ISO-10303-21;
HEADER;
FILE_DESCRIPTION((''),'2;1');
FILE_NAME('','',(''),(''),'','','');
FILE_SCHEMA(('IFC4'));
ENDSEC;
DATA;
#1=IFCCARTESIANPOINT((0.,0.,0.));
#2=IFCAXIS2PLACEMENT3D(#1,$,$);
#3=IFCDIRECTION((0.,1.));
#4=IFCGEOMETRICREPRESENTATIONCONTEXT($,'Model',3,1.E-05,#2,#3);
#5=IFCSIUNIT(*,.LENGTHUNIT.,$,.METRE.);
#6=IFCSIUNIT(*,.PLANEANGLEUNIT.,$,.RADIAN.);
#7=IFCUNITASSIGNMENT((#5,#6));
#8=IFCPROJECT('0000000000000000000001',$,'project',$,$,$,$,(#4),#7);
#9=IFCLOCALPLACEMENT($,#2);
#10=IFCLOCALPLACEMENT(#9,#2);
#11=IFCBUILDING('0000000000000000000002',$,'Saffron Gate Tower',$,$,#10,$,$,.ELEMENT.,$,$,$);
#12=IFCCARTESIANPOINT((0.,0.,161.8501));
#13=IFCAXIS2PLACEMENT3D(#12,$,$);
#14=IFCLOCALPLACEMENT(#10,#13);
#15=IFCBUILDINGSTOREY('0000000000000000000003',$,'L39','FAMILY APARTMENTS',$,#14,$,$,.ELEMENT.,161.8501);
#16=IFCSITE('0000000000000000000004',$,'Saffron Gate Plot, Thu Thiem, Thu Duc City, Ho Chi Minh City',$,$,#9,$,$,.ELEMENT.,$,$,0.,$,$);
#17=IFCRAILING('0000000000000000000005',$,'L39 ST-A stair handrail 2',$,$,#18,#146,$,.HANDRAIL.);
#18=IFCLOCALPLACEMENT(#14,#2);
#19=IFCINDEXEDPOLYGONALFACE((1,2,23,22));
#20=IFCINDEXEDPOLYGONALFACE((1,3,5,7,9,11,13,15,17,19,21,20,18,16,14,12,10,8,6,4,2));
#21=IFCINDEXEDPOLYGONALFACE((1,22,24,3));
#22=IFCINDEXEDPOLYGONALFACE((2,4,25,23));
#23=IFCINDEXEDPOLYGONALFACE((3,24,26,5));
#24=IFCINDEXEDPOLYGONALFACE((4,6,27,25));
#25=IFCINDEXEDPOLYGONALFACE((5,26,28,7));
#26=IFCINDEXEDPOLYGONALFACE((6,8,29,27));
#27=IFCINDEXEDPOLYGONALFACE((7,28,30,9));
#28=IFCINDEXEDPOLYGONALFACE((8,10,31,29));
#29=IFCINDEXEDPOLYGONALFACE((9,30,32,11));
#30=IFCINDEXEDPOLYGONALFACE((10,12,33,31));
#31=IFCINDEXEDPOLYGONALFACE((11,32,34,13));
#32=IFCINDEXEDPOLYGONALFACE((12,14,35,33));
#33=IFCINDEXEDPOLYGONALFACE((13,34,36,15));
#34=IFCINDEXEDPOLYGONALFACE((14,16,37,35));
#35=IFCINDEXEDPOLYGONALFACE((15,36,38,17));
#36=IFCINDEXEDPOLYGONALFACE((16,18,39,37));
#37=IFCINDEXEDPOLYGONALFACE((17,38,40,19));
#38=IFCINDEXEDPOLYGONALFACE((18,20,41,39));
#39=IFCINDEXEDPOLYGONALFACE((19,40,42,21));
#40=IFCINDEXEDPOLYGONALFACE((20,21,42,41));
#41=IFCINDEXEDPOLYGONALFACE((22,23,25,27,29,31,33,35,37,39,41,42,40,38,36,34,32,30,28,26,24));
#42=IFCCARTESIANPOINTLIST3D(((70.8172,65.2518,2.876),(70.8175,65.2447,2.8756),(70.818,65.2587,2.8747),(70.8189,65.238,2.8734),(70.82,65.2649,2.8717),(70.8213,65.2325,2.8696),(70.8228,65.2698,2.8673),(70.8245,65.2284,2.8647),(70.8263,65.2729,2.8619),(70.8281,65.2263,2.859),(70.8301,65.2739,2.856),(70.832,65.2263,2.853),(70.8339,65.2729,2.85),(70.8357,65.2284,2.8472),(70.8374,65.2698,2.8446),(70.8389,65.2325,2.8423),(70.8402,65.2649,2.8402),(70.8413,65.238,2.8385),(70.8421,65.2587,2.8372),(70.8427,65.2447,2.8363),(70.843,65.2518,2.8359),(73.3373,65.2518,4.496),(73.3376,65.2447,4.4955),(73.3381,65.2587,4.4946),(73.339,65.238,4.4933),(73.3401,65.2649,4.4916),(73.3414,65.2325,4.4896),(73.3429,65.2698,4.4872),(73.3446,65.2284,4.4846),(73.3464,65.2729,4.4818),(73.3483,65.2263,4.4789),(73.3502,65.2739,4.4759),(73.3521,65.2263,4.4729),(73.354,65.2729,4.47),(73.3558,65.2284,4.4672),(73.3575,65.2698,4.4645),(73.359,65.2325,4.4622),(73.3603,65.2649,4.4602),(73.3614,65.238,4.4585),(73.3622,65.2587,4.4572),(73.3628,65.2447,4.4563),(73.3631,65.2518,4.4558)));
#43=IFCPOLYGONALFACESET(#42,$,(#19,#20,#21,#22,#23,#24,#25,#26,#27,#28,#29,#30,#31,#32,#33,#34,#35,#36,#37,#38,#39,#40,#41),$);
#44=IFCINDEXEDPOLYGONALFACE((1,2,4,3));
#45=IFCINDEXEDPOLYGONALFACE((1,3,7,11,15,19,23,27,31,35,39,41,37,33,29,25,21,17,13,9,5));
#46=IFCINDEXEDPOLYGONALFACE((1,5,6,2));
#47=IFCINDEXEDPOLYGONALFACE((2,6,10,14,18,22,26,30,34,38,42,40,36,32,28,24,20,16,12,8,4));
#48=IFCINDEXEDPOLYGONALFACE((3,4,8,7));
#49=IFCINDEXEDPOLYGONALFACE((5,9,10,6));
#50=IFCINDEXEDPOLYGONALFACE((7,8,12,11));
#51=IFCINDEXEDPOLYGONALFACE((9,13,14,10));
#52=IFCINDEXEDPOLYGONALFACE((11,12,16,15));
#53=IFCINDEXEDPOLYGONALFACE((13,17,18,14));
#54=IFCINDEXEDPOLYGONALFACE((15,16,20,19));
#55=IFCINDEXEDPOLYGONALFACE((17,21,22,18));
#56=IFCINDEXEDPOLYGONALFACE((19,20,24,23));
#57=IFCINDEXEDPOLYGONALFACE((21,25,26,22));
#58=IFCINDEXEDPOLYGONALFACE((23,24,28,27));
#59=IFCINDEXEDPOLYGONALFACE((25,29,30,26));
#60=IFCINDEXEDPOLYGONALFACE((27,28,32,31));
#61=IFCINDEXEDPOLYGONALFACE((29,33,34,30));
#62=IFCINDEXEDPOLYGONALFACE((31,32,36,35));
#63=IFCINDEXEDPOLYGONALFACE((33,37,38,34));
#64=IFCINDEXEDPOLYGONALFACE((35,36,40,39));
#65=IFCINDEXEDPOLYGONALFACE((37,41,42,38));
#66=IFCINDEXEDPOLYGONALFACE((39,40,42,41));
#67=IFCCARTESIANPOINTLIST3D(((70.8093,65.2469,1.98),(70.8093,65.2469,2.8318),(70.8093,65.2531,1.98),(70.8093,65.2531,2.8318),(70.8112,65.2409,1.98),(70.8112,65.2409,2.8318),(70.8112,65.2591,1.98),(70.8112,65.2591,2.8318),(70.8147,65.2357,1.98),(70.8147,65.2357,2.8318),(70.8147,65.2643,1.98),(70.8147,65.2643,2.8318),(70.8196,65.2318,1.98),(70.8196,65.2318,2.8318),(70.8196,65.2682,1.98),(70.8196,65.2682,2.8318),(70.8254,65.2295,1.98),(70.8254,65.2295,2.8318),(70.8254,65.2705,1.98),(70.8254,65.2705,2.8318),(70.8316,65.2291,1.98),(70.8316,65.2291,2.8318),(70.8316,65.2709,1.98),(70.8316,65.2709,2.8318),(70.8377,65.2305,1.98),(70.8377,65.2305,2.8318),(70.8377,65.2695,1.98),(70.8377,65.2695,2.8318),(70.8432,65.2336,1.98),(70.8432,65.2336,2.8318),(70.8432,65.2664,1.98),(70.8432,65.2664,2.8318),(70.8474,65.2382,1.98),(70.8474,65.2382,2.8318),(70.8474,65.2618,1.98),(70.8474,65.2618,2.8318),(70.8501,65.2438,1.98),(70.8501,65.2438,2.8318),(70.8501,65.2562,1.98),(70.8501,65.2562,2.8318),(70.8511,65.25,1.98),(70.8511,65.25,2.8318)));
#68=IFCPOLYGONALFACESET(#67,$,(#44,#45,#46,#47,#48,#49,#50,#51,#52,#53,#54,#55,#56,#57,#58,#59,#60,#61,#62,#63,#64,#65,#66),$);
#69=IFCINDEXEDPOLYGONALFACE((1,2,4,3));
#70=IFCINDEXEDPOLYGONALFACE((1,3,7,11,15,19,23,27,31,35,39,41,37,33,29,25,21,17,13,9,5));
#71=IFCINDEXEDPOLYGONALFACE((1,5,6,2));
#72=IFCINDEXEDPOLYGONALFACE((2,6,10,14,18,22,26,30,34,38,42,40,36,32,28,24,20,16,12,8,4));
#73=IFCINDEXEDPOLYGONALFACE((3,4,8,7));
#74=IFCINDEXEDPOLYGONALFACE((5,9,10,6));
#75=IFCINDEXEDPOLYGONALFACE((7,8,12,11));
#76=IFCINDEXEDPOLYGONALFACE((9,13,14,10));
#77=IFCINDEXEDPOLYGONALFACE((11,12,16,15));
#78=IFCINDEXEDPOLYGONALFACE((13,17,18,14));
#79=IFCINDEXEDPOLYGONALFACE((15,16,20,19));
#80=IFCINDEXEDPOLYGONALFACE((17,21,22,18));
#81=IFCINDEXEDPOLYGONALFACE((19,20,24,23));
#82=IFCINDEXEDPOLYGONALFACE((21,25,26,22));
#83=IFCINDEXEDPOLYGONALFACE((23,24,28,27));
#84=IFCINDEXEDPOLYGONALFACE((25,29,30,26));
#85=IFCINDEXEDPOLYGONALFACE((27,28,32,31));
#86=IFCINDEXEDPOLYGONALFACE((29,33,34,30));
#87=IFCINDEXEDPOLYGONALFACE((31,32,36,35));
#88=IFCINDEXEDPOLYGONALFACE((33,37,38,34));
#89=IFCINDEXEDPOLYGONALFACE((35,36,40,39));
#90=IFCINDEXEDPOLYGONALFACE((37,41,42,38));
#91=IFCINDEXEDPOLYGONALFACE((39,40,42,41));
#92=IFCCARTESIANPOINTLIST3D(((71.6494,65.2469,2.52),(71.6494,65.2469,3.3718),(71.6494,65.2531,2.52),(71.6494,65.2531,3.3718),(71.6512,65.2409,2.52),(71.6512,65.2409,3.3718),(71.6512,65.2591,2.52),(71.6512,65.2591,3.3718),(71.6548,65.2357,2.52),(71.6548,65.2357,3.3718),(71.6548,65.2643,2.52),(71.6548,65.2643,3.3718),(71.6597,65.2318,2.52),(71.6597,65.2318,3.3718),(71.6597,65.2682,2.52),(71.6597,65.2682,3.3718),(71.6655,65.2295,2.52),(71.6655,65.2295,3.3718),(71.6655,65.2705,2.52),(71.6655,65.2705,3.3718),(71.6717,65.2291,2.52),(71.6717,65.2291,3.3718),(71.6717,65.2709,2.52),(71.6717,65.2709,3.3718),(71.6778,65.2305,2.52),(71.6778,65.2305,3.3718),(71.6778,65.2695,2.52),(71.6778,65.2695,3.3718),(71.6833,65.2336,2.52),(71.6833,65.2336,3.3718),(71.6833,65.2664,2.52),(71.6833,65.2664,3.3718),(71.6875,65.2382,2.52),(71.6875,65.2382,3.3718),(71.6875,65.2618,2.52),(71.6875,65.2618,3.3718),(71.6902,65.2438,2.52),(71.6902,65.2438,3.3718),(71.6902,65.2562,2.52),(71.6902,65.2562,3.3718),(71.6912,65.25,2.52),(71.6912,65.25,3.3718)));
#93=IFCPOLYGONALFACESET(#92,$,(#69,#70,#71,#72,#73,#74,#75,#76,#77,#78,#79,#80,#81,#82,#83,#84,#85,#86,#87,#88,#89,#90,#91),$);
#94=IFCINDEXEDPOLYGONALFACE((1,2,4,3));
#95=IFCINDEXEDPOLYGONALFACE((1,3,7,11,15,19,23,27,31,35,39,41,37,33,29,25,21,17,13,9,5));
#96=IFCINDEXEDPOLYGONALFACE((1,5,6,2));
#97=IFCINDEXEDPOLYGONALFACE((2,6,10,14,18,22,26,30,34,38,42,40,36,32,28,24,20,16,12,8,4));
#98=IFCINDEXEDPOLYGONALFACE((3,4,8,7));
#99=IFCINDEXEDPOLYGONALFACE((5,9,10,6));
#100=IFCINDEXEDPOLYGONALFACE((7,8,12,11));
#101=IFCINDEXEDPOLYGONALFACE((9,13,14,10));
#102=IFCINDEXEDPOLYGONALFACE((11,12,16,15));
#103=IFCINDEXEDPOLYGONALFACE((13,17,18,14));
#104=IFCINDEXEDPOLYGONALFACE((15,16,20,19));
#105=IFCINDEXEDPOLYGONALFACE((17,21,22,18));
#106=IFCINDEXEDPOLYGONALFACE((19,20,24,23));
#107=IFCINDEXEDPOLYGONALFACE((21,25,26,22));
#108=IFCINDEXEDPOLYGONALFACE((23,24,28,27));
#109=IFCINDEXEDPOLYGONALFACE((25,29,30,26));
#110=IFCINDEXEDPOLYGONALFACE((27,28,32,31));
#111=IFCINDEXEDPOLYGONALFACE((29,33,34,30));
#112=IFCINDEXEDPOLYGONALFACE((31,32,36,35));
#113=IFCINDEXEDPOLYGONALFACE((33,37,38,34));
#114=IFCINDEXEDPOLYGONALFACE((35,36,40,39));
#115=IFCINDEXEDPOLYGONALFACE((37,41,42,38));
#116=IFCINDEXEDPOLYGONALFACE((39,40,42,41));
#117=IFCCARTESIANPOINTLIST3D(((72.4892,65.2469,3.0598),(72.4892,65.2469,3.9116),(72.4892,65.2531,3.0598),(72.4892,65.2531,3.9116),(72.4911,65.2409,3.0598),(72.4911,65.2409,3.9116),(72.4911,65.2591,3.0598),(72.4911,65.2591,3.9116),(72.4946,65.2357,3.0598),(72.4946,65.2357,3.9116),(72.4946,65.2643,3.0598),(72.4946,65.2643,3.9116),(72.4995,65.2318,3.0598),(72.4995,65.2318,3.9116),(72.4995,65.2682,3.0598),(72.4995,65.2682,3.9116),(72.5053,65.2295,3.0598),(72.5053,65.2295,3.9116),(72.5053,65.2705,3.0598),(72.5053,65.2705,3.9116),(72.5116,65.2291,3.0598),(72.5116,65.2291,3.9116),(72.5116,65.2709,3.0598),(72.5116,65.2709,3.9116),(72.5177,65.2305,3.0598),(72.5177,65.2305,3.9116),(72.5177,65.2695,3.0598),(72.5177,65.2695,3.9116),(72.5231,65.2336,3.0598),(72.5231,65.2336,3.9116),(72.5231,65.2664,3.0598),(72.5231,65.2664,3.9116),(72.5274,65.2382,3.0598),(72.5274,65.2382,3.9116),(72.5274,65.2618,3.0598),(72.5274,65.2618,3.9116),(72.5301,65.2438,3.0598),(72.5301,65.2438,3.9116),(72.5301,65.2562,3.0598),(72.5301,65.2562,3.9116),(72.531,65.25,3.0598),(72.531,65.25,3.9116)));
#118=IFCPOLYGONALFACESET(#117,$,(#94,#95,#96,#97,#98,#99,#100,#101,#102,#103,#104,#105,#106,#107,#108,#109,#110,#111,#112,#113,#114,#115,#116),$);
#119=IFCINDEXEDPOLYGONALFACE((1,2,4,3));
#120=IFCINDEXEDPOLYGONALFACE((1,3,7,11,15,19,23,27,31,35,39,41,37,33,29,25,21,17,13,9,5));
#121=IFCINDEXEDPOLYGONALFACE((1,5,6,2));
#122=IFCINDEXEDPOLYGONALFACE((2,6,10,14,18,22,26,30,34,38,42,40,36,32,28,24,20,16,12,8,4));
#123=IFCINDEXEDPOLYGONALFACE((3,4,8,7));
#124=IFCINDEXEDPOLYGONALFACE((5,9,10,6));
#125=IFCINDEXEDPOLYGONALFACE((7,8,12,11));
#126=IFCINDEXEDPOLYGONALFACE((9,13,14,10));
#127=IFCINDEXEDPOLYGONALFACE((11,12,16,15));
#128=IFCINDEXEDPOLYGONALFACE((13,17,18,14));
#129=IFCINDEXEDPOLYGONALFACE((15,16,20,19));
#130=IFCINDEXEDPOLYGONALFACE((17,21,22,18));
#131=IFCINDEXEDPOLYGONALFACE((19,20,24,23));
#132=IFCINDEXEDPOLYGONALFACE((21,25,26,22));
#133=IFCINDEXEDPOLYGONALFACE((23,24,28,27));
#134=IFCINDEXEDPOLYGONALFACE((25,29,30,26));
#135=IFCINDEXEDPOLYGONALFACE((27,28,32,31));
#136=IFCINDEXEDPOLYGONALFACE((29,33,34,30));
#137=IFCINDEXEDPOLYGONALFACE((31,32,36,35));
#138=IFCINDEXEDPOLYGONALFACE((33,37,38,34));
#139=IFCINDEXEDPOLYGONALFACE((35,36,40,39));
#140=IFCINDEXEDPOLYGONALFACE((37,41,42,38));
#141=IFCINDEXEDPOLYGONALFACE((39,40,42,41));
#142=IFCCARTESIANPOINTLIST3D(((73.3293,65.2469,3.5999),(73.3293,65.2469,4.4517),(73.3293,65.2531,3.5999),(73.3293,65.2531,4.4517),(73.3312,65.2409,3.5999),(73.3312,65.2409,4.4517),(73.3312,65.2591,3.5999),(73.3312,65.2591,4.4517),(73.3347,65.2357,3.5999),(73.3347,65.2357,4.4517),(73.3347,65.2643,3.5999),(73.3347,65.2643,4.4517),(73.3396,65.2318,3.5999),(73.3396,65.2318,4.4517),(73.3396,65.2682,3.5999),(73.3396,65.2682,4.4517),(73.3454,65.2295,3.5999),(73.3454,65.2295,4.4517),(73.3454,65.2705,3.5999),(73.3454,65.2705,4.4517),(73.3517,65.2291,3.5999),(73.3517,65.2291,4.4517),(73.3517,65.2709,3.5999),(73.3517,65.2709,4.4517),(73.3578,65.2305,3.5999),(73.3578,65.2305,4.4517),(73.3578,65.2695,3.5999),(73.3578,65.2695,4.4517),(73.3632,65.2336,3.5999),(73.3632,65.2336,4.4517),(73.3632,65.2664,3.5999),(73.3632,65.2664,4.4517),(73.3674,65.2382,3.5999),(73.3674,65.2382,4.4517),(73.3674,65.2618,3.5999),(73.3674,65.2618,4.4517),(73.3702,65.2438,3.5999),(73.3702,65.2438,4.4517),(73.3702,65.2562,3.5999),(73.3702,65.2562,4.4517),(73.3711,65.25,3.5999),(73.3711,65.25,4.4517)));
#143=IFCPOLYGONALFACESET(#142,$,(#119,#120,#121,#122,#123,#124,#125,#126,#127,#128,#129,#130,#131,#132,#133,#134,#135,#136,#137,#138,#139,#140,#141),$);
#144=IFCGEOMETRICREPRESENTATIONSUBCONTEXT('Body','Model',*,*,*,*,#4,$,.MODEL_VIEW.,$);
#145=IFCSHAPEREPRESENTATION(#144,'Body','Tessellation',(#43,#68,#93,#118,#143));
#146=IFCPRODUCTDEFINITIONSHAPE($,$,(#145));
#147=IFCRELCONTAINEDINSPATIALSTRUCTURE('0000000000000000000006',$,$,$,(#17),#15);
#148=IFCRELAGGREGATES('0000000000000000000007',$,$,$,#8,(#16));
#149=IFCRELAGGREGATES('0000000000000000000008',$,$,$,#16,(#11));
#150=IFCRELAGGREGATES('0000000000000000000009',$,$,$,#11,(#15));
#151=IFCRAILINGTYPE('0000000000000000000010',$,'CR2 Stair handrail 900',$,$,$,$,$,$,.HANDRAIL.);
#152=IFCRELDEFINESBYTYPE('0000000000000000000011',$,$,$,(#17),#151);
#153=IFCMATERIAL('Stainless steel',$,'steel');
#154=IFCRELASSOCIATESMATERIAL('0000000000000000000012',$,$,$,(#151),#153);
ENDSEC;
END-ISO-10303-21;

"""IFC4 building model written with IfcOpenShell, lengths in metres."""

from ifc_helpers import new_model, si_unit, direction, frame, origin, origin_2d, place, context, subcontext, project, spatial, circle, extrude, material, type_object, element, save


model = new_model("IFC4")

# Units and contexts
model_context = context("Model", 3, precision=1e-05, world=origin(), true_north=direction((0.0, 1.0)))
body_context = subcontext(model_context, "Body", "Model", "MODEL_VIEW")
ifc_project = project(units=[si_unit("LENGTHUNIT", "METRE"), si_unit("PLANEANGLEUNIT", "RADIAN")], contexts=[model_context])

# Site, building, storey
site_placement = place(None, origin())
site = spatial("IfcSite", under=ifc_project, at=site_placement, Name="Saffron Gate Plot, Thu Thiem, Thu Duc City, Ho Chi Minh City", CompositionType="ELEMENT", RefElevation=0.0)
building_placement = place(site_placement, origin())
building = spatial("IfcBuilding", under=site, at=building_placement, Name="Saffron Gate Tower", CompositionType="ELEMENT")
storey_placement = place(building_placement, frame((0.0, 0.0, 161.8501)))
storey = spatial("IfcBuildingStorey", under=building, at=storey_placement, Name="L39", Description="FAMILY APARTMENTS", CompositionType="ELEMENT", Elevation=161.8501)

# Railing
ifc_material_1 = material(Name="Stainless steel", Category="steel")
railing_type_1 = type_object("IfcRailingType", Name="CR2 Stair handrail 900", PredefinedType="HANDRAIL", material=ifc_material_1)
railing_1_placement = place(storey_placement, frame((70.8301, 65.25, 1.98)))
element("IfcRailing", 1, at=railing_1_placement, inside=storey, type_object=railing_type_1, Name="L39 ST-A stair handrail 2", PredefinedType="HANDRAIL", context=body_context, shape_type="SweptSolid", body=[
    extrude(circle(Radius=0.0239, at=origin_2d()), frame((0.0, 0.0, 0.876), z_axis=(0.8412, 0.0, 0.540725), x_axis=(0.0, 1.0, 0.0)), (0.0, 0.0, 1.0), 2.9958),
    extrude(circle(Radius=0.021, at=origin_2d()), origin(), (0.0, 0.0, 1.0), 0.8518),
    extrude(circle(Radius=0.021, at=origin_2d()), frame((0.8401, 0.0, 0.54)), (0.0, 0.0, 1.0), 0.8518),
    extrude(circle(Radius=0.021, at=origin_2d()), frame((1.6799, 0.0, 1.0798)), (0.0, 0.0, 1.0), 0.8518),
    extrude(circle(Radius=0.021, at=origin_2d()), frame((2.52, 0.0, 1.6199)), (0.0, 0.0, 1.0), 0.8518),
])

save(model, "model.ifc")
